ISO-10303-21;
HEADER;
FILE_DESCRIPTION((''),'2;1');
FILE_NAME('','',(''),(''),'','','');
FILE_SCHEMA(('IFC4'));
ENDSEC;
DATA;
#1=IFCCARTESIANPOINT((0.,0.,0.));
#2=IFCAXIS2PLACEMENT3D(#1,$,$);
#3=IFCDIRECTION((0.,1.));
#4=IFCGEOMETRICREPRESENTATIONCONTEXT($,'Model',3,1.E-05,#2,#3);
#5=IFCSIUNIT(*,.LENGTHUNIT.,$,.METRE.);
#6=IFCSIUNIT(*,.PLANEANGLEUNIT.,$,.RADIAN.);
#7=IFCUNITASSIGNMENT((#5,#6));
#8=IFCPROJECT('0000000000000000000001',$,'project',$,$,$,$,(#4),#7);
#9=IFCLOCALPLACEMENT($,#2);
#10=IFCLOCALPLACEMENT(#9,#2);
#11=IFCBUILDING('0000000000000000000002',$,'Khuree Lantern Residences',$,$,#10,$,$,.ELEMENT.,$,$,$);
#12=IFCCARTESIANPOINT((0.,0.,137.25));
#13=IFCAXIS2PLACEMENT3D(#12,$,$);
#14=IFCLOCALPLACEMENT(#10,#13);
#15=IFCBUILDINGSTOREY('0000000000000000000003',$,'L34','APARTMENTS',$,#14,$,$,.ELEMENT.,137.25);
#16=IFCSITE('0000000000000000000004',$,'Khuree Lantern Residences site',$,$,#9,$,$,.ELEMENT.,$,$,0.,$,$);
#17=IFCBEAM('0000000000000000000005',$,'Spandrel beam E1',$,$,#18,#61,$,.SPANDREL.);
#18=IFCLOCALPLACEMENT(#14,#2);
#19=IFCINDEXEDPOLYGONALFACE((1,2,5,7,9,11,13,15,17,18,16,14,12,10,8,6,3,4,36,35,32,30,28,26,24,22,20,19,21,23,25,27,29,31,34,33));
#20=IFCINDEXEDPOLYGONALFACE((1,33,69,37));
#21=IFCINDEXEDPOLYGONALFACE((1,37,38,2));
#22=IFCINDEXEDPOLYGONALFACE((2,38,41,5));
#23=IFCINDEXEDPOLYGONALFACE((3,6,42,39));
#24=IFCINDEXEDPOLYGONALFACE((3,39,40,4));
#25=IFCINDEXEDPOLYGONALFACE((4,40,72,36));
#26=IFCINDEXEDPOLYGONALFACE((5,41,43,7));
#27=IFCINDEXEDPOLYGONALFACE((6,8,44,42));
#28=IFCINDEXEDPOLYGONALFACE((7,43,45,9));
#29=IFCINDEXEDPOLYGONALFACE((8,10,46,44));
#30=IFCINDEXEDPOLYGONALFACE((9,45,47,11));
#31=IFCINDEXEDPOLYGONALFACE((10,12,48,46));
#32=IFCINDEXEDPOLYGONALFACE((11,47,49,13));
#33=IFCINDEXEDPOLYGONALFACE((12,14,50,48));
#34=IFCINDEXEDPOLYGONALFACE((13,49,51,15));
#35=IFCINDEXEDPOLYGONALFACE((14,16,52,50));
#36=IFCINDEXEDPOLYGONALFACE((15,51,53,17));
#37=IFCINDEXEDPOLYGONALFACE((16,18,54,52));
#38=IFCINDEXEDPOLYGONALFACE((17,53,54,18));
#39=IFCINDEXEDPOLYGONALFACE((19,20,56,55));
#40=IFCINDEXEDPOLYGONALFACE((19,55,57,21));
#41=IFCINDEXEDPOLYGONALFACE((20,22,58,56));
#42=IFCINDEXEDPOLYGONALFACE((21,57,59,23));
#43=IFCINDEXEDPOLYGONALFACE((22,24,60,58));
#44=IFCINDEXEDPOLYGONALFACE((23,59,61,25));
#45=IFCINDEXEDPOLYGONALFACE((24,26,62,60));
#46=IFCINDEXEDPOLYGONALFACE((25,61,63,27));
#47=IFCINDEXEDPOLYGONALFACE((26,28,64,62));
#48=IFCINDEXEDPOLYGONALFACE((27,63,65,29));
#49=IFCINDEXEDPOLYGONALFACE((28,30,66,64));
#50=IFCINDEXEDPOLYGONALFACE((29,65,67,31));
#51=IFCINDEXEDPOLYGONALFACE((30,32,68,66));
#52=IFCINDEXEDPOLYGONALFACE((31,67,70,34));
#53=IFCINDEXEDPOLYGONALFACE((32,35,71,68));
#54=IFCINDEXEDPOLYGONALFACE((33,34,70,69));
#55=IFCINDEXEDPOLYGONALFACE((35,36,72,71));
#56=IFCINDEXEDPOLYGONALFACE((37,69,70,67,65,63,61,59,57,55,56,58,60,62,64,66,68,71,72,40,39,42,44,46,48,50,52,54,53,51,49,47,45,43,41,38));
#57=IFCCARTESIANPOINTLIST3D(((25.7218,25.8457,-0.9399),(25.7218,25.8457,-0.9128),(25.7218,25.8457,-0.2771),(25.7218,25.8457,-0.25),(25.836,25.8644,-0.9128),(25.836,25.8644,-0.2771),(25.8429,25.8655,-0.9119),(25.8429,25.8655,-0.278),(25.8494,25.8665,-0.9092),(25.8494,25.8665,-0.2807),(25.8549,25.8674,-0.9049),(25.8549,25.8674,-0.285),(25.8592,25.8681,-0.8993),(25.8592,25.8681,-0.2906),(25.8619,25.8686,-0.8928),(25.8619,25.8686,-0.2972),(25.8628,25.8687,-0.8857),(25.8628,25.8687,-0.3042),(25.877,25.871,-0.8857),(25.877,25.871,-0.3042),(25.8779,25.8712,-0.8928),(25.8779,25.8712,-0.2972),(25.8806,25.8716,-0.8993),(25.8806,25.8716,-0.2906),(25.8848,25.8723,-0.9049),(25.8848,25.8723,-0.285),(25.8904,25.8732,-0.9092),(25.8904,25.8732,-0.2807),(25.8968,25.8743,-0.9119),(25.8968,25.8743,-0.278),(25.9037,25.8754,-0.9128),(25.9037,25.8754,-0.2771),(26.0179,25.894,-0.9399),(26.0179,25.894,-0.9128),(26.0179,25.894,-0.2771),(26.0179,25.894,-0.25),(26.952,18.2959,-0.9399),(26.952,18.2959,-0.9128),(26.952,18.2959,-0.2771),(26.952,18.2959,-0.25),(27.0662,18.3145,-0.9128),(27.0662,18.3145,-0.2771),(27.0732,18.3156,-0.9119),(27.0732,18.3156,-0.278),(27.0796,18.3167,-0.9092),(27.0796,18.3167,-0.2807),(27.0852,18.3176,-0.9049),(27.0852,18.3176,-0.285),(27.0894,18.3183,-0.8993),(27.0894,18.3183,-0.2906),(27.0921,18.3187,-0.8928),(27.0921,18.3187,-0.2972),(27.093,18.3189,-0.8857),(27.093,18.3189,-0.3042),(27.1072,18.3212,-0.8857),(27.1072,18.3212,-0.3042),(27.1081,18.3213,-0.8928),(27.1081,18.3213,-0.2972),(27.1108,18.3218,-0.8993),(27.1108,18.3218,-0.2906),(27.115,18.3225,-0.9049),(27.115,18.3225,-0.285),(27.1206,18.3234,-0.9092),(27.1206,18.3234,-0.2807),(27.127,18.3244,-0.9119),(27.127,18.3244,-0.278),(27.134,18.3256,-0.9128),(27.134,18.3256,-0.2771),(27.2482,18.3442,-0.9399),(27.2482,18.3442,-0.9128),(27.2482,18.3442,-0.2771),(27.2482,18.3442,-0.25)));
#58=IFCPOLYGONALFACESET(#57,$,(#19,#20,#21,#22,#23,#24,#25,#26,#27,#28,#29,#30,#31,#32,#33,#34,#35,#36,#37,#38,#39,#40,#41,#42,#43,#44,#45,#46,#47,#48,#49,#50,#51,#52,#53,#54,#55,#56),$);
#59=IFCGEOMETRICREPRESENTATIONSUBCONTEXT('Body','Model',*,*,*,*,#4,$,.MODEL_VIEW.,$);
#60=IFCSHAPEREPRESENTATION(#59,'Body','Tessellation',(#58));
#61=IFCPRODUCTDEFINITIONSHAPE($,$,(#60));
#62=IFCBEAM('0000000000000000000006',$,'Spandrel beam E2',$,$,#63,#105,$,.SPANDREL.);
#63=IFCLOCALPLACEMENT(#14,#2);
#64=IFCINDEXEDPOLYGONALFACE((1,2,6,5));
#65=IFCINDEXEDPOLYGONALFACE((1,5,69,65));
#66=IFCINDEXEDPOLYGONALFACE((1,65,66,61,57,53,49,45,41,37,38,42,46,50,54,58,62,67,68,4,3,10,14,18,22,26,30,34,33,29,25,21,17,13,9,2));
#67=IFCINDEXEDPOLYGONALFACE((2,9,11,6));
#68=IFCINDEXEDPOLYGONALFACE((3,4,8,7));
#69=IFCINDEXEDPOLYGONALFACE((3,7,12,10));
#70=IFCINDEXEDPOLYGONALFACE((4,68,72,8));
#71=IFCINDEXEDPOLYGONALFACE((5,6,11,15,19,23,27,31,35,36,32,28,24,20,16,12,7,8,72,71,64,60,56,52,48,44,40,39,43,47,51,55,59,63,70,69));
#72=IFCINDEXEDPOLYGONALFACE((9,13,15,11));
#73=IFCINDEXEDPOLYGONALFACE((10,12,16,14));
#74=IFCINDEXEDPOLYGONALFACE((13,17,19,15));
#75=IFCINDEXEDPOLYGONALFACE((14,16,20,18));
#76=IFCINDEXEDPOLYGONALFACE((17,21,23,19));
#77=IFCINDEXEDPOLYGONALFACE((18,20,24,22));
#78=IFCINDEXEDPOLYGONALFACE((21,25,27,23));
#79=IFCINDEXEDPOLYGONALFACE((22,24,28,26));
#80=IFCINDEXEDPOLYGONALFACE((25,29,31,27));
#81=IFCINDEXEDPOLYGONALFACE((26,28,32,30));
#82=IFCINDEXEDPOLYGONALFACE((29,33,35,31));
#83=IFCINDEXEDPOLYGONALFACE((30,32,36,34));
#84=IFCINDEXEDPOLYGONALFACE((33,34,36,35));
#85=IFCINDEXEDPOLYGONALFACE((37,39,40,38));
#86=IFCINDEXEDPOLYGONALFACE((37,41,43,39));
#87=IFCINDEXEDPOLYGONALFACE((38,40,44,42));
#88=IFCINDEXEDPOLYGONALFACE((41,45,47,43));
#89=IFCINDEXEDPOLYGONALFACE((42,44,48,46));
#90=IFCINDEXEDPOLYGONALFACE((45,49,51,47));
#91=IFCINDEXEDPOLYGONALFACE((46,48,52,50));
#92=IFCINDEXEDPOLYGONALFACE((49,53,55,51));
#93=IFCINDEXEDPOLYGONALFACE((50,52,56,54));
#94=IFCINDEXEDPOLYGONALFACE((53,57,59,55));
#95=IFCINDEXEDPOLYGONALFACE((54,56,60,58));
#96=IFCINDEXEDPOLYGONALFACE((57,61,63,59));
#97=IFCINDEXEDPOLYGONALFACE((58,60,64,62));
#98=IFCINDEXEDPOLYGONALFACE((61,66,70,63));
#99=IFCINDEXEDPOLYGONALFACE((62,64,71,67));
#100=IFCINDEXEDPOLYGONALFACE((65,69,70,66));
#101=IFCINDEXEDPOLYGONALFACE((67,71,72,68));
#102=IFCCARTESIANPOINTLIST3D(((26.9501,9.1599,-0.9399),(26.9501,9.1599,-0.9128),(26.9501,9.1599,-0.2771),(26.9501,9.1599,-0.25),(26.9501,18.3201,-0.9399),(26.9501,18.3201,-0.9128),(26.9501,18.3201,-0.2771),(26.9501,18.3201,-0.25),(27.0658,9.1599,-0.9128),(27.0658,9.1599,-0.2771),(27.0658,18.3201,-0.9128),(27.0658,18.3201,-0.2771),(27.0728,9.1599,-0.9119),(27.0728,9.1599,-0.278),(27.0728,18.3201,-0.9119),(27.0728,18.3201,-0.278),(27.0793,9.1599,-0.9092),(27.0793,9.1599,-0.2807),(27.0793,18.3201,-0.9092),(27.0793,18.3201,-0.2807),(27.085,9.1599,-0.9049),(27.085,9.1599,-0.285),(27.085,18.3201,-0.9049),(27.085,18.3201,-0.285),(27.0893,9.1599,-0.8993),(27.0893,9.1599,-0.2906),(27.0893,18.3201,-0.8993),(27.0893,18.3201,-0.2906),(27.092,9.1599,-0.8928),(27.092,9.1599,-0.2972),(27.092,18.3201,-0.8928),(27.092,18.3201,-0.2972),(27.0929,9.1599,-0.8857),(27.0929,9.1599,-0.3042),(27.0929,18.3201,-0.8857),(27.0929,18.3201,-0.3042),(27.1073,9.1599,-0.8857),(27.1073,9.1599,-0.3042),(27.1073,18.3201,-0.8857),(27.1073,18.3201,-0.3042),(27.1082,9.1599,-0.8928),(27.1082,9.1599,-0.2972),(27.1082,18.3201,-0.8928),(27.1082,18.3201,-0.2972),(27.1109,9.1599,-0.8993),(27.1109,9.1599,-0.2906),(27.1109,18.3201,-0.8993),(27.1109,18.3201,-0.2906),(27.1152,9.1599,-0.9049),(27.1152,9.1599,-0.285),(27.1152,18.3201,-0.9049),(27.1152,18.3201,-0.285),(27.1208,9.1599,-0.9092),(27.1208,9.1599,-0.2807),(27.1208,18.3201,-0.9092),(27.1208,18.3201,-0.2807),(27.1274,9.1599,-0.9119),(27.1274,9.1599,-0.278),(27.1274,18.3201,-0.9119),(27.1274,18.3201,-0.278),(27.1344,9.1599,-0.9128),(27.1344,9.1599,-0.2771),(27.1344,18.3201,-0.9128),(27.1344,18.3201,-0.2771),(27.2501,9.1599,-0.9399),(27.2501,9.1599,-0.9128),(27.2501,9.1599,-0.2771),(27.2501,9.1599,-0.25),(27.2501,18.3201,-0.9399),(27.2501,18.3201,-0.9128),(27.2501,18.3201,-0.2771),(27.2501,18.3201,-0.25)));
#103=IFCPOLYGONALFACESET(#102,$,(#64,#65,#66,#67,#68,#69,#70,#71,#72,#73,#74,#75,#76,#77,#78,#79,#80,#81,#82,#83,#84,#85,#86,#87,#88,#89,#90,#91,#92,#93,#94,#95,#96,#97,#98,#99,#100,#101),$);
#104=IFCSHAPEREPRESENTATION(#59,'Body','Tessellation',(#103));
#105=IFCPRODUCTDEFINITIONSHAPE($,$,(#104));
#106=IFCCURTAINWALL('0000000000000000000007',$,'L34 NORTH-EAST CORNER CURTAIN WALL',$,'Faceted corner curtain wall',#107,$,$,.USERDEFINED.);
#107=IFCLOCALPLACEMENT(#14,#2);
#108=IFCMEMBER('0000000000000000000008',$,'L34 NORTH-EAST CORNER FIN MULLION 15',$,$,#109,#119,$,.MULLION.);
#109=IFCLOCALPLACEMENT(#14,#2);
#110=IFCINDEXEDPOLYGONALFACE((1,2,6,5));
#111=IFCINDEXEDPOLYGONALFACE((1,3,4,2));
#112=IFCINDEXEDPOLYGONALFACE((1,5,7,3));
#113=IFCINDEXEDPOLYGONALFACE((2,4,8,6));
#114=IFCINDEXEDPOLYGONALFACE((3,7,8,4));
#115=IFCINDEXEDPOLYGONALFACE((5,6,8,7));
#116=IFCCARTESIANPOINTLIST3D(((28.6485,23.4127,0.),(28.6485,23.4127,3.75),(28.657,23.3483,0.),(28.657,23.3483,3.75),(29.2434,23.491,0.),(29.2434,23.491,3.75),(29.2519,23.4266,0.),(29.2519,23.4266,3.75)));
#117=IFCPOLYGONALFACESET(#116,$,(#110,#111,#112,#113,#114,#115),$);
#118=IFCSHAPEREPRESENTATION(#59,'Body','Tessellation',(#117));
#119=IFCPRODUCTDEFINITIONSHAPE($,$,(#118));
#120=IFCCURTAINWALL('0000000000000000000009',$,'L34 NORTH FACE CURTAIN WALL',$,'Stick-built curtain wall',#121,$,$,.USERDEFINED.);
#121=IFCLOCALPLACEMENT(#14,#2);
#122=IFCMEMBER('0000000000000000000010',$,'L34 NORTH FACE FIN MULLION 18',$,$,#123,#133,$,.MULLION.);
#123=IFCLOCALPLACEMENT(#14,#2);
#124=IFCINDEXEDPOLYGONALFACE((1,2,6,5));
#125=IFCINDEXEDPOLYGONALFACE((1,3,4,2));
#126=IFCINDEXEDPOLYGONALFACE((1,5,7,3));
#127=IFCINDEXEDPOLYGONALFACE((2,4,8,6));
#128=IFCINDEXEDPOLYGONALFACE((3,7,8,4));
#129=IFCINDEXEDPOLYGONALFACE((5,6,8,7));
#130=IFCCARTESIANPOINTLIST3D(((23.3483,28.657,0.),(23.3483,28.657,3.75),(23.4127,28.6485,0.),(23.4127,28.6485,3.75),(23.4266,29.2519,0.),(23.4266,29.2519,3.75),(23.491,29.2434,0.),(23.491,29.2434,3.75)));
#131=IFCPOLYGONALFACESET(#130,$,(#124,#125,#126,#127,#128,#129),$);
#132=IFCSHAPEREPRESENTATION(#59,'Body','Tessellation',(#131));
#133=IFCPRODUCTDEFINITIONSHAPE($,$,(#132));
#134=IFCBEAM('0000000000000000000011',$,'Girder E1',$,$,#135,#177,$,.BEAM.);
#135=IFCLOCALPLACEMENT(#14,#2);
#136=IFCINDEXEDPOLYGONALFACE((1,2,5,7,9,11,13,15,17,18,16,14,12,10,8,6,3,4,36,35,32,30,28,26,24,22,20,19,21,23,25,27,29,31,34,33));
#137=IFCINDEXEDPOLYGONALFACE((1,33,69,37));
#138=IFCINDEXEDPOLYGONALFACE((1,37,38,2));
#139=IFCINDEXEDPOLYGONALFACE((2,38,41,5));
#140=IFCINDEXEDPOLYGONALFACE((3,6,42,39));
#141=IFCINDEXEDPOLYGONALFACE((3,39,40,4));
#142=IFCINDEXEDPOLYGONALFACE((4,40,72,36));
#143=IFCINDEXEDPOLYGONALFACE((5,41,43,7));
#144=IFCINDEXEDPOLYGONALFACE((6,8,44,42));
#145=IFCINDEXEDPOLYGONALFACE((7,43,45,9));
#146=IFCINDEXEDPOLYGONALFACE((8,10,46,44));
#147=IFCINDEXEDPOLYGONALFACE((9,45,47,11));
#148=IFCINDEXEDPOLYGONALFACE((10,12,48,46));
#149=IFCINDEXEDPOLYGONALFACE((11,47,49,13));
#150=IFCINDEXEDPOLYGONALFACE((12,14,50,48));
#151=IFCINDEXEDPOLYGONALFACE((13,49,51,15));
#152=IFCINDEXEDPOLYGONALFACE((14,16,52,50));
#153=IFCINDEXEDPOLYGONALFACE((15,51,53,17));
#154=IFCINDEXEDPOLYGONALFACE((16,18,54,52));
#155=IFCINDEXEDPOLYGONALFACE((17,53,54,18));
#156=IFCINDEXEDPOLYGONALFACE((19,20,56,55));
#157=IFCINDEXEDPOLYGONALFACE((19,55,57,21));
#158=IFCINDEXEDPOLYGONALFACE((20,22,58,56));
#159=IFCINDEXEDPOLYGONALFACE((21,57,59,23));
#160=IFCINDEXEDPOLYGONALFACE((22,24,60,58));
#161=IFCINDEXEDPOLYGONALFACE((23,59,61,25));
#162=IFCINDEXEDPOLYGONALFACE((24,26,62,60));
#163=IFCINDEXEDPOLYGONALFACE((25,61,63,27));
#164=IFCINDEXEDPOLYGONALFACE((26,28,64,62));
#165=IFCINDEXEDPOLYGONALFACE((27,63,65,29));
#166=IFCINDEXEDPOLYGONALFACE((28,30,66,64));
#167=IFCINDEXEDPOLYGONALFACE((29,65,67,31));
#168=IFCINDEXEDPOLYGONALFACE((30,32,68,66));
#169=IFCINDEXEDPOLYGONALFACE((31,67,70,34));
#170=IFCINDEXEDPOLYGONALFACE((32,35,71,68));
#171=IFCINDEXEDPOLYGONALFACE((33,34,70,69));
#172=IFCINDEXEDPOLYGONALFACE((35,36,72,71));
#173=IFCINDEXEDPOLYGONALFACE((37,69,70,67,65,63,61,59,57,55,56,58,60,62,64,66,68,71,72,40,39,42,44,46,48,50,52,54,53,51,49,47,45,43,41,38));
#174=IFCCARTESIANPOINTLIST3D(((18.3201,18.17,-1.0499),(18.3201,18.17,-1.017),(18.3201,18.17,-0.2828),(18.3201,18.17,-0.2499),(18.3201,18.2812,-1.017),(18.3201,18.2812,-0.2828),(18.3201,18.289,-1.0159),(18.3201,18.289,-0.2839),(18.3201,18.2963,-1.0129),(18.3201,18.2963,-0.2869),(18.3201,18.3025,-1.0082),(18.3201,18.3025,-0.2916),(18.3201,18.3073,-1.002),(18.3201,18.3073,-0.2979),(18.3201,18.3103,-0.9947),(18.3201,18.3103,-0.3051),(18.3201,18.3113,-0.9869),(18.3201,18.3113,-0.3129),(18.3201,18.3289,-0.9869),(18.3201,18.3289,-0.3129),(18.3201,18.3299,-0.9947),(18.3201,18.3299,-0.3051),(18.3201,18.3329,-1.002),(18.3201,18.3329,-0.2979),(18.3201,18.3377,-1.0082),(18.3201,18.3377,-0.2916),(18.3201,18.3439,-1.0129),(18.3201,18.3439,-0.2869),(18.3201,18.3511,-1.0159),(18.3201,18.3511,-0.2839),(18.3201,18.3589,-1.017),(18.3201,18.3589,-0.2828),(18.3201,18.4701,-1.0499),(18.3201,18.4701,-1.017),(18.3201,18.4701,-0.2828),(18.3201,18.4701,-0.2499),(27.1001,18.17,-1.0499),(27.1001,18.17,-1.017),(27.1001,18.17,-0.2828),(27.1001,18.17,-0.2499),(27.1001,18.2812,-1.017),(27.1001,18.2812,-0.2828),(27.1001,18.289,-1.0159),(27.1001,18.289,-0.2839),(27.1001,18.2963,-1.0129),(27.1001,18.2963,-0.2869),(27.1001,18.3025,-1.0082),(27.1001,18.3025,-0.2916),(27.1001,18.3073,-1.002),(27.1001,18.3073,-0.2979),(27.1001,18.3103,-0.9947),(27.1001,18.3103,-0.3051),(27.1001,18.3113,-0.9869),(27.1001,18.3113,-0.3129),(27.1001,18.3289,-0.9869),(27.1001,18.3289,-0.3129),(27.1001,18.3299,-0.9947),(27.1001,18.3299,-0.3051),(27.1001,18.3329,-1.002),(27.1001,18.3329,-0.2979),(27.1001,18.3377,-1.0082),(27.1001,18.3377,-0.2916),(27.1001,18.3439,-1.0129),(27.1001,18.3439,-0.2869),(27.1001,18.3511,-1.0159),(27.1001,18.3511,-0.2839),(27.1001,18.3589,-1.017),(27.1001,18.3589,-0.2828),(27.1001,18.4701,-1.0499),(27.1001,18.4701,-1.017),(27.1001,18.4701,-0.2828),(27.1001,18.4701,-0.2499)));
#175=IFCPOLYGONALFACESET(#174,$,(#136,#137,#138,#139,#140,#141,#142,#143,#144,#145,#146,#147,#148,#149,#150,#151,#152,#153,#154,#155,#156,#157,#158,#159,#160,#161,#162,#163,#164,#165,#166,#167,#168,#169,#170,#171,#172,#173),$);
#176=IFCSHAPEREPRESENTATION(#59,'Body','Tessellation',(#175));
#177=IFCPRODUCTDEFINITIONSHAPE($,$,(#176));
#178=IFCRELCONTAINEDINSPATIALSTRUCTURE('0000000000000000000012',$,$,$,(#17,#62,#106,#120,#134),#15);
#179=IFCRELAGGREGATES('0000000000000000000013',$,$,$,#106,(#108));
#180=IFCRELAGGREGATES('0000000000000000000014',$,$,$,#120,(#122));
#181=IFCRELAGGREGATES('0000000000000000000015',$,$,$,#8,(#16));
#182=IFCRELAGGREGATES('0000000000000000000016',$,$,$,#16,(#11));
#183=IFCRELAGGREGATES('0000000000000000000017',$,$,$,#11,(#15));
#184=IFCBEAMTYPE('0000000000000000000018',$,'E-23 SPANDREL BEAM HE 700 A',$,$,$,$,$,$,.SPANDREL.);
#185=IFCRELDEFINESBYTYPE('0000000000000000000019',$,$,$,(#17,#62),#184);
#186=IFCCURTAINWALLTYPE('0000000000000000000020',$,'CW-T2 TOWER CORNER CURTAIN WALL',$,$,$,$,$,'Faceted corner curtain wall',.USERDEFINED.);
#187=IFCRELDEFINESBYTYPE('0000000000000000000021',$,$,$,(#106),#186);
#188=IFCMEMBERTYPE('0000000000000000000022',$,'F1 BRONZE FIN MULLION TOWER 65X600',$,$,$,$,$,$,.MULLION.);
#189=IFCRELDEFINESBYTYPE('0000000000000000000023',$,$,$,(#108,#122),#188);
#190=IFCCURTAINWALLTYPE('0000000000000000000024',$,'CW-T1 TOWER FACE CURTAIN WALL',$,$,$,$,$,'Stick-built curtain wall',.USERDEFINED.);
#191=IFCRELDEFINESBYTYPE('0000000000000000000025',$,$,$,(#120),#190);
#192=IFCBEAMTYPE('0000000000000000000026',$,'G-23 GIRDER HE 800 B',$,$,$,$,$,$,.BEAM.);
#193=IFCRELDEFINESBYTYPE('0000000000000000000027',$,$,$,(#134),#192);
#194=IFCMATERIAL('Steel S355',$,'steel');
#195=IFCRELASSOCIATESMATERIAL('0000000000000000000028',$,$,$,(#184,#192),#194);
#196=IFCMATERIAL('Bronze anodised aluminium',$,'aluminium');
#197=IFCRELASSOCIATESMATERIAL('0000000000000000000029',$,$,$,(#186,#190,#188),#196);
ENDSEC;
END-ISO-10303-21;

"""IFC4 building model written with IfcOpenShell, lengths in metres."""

from ifc_helpers import new_model, si_unit, direction, frame, origin, origin_2d, place, context, subcontext, project, spatial, rectangle, i_section, extrude, material, material_profile, profile_set, type_object, element, aggregate, save


model = new_model("IFC4")

# Units and contexts
model_context = context("Model", 3, precision=1e-05, world=origin(), true_north=direction((0.0, 1.0)))
body_context = subcontext(model_context, "Body", "Model", "MODEL_VIEW")
ifc_project = project(units=[si_unit("LENGTHUNIT", "METRE"), si_unit("PLANEANGLEUNIT", "RADIAN")], contexts=[model_context])

# Site, building, storey
site_placement = place(None, origin())
site = spatial("IfcSite", under=ifc_project, at=site_placement, Name="Khuree Lantern Residences site", CompositionType="ELEMENT", RefElevation=0.0)
building_placement = place(site_placement, origin())
building = spatial("IfcBuilding", under=site, at=building_placement, Name="Khuree Lantern Residences", CompositionType="ELEMENT")
storey_placement = place(building_placement, frame((0.0, 0.0, 137.25)))
storey = spatial("IfcBuildingStorey", under=building, at=storey_placement, Name="L34", Description="APARTMENTS", CompositionType="ELEMENT", Elevation=137.25)

# Beams
ifc_material_1 = material(Name="Steel S355", Category="steel")
ifc_material_profile_1 = material_profile(ifc_material_1, i_section(OverallWidth=0.3, OverallDepth=0.6899, WebThickness=0.0144, FlangeThickness=0.0271, FilletRadius=0.0271, at=origin_2d()), Name="HE 700 A")
ifc_profile_set_1 = profile_set([ifc_material_profile_1], Name="Steel S355")
beam_type_1 = type_object("IfcBeamType", Name="E-23 SPANDREL BEAM HE 700 A", PredefinedType="SPANDREL", material=ifc_profile_set_1)
for number, where, z_axis, x_axis, name in (
    (1, (25.8699, 25.8699, -0.595), (0.160827, -0.986983, 0.0), (0.986983, 0.160827, 0.0), "Spandrel beam E1"),
):
    element("IfcBeam", number, at=place(storey_placement, frame(where, z_axis=z_axis, x_axis=x_axis)), inside=storey, type_object=beam_type_1, Name=name, PredefinedType="SPANDREL", context=body_context, shape_type="SweptSolid", body=[
        extrude(i_section(OverallWidth=0.3, OverallDepth=0.6899, WebThickness=0.0144, FlangeThickness=0.0271, FilletRadius=0.0271, at=origin_2d()), origin(), (0.0, 0.0, 1.0), 7.6494),
    ])
beam_1_placement = place(storey_placement, frame((27.1001, 18.3201, -0.595), z_axis=(0.0, -1.0, 0.0), x_axis=(1.0, 0.0, 0.0)))
element("IfcBeam", 2, at=beam_1_placement, inside=storey, type_object=beam_type_1, Name="Spandrel beam E2", PredefinedType="SPANDREL", context=body_context, shape_type="SweptSolid", body=[
    extrude(i_section(OverallWidth=0.3, OverallDepth=0.6899, WebThickness=0.0144, FlangeThickness=0.0271, FilletRadius=0.0271, at=origin_2d()), origin(), (0.0, 0.0, 1.0), 9.1602),
])

# Curtain walls, members
ifc_material_2 = material(Name="Bronze anodised aluminium", Category="aluminium")
curtain_wall_type_1 = type_object("IfcCurtainWallType", Name="CW-T2 TOWER CORNER CURTAIN WALL", ElementType="Faceted corner curtain wall", PredefinedType="USERDEFINED", material=ifc_material_2)
curtain_wall_1_placement = place(storey_placement, origin())
curtain_wall_1 = element("IfcCurtainWall", 3, at=curtain_wall_1_placement, inside=storey, type_object=curtain_wall_type_1, Name="L34 NORTH-EAST CORNER CURTAIN WALL", ObjectType="Faceted corner curtain wall", PredefinedType="USERDEFINED")
ifc_material_profile_2 = material_profile(ifc_material_2, rectangle(XDim=0.0649, YDim=0.6001, at=origin_2d()), Name="F1 65X600")
ifc_profile_set_2 = profile_set([ifc_material_profile_2], Name="Bronze anodised aluminium")
member_type_1 = type_object("IfcMemberType", Name="F1 BRONZE FIN MULLION TOWER 65X600", PredefinedType="MULLION", material=ifc_profile_set_2)
member_1_placement = place(storey_placement, frame((28.9502, 23.4197, 0.0), z_axis=(0.0, 0.0, 1.0), x_axis=(-0.130526, 0.991445, 0.0)))
member_1 = element("IfcMember", 4, at=member_1_placement, type_object=member_type_1, Name="L34 NORTH-EAST CORNER FIN MULLION 15", PredefinedType="MULLION", context=body_context, shape_type="SweptSolid", body=[
    extrude(rectangle(XDim=0.0649, YDim=0.6001, at=origin_2d()), origin(), (0.0, 0.0, 1.0), 3.75),
])
curtain_wall_type_2 = type_object("IfcCurtainWallType", Name="CW-T1 TOWER FACE CURTAIN WALL", ElementType="Stick-built curtain wall", PredefinedType="USERDEFINED", material=ifc_material_2)
curtain_wall_2_placement = place(storey_placement, origin())
curtain_wall_2 = element("IfcCurtainWall", 5, at=curtain_wall_2_placement, inside=storey, type_object=curtain_wall_type_2, Name="L34 NORTH FACE CURTAIN WALL", ObjectType="Stick-built curtain wall", PredefinedType="USERDEFINED")
member_2_placement = place(storey_placement, frame((23.4197, 28.9502, 0.0), z_axis=(0.0, 0.0, 1.0), x_axis=(-0.991445, 0.130526, 0.0)))
member_2 = element("IfcMember", 6, at=member_2_placement, type_object=member_type_1, Name="L34 NORTH FACE FIN MULLION 18", PredefinedType="MULLION", context=body_context, shape_type="SweptSolid", body=[
    extrude(rectangle(XDim=0.0649, YDim=0.6001, at=origin_2d()), origin(), (0.0, 0.0, 1.0), 3.75),
])

# Beam
ifc_material_profile_3 = material_profile(ifc_material_1, i_section(OverallWidth=0.3, OverallDepth=0.8, WebThickness=0.0176, FlangeThickness=0.033, FilletRadius=0.03, at=origin_2d()), Name="HE 800 B")
ifc_profile_set_3 = profile_set([ifc_material_profile_3], Name="Steel S355")
beam_type_2 = type_object("IfcBeamType", Name="G-23 GIRDER HE 800 B", PredefinedType="BEAM", material=ifc_profile_set_3)
beam_2_placement = place(storey_placement, frame((27.1001, 18.3201, -0.6499), z_axis=(-1.0, 0.0, 0.0), x_axis=(0.0, -1.0, 0.0)))
element("IfcBeam", 7, at=beam_2_placement, inside=storey, type_object=beam_type_2, Name="Girder E1", PredefinedType="BEAM", context=body_context, shape_type="SweptSolid", body=[
    extrude(i_section(OverallWidth=0.3, OverallDepth=0.8, WebThickness=0.0176, FlangeThickness=0.033, FilletRadius=0.03, at=origin_2d()), origin(), (0.0, 0.0, 1.0), 8.78),
])

aggregate(curtain_wall_1, [member_1])
aggregate(curtain_wall_2, [member_2])

save(model, "model.ifc")
